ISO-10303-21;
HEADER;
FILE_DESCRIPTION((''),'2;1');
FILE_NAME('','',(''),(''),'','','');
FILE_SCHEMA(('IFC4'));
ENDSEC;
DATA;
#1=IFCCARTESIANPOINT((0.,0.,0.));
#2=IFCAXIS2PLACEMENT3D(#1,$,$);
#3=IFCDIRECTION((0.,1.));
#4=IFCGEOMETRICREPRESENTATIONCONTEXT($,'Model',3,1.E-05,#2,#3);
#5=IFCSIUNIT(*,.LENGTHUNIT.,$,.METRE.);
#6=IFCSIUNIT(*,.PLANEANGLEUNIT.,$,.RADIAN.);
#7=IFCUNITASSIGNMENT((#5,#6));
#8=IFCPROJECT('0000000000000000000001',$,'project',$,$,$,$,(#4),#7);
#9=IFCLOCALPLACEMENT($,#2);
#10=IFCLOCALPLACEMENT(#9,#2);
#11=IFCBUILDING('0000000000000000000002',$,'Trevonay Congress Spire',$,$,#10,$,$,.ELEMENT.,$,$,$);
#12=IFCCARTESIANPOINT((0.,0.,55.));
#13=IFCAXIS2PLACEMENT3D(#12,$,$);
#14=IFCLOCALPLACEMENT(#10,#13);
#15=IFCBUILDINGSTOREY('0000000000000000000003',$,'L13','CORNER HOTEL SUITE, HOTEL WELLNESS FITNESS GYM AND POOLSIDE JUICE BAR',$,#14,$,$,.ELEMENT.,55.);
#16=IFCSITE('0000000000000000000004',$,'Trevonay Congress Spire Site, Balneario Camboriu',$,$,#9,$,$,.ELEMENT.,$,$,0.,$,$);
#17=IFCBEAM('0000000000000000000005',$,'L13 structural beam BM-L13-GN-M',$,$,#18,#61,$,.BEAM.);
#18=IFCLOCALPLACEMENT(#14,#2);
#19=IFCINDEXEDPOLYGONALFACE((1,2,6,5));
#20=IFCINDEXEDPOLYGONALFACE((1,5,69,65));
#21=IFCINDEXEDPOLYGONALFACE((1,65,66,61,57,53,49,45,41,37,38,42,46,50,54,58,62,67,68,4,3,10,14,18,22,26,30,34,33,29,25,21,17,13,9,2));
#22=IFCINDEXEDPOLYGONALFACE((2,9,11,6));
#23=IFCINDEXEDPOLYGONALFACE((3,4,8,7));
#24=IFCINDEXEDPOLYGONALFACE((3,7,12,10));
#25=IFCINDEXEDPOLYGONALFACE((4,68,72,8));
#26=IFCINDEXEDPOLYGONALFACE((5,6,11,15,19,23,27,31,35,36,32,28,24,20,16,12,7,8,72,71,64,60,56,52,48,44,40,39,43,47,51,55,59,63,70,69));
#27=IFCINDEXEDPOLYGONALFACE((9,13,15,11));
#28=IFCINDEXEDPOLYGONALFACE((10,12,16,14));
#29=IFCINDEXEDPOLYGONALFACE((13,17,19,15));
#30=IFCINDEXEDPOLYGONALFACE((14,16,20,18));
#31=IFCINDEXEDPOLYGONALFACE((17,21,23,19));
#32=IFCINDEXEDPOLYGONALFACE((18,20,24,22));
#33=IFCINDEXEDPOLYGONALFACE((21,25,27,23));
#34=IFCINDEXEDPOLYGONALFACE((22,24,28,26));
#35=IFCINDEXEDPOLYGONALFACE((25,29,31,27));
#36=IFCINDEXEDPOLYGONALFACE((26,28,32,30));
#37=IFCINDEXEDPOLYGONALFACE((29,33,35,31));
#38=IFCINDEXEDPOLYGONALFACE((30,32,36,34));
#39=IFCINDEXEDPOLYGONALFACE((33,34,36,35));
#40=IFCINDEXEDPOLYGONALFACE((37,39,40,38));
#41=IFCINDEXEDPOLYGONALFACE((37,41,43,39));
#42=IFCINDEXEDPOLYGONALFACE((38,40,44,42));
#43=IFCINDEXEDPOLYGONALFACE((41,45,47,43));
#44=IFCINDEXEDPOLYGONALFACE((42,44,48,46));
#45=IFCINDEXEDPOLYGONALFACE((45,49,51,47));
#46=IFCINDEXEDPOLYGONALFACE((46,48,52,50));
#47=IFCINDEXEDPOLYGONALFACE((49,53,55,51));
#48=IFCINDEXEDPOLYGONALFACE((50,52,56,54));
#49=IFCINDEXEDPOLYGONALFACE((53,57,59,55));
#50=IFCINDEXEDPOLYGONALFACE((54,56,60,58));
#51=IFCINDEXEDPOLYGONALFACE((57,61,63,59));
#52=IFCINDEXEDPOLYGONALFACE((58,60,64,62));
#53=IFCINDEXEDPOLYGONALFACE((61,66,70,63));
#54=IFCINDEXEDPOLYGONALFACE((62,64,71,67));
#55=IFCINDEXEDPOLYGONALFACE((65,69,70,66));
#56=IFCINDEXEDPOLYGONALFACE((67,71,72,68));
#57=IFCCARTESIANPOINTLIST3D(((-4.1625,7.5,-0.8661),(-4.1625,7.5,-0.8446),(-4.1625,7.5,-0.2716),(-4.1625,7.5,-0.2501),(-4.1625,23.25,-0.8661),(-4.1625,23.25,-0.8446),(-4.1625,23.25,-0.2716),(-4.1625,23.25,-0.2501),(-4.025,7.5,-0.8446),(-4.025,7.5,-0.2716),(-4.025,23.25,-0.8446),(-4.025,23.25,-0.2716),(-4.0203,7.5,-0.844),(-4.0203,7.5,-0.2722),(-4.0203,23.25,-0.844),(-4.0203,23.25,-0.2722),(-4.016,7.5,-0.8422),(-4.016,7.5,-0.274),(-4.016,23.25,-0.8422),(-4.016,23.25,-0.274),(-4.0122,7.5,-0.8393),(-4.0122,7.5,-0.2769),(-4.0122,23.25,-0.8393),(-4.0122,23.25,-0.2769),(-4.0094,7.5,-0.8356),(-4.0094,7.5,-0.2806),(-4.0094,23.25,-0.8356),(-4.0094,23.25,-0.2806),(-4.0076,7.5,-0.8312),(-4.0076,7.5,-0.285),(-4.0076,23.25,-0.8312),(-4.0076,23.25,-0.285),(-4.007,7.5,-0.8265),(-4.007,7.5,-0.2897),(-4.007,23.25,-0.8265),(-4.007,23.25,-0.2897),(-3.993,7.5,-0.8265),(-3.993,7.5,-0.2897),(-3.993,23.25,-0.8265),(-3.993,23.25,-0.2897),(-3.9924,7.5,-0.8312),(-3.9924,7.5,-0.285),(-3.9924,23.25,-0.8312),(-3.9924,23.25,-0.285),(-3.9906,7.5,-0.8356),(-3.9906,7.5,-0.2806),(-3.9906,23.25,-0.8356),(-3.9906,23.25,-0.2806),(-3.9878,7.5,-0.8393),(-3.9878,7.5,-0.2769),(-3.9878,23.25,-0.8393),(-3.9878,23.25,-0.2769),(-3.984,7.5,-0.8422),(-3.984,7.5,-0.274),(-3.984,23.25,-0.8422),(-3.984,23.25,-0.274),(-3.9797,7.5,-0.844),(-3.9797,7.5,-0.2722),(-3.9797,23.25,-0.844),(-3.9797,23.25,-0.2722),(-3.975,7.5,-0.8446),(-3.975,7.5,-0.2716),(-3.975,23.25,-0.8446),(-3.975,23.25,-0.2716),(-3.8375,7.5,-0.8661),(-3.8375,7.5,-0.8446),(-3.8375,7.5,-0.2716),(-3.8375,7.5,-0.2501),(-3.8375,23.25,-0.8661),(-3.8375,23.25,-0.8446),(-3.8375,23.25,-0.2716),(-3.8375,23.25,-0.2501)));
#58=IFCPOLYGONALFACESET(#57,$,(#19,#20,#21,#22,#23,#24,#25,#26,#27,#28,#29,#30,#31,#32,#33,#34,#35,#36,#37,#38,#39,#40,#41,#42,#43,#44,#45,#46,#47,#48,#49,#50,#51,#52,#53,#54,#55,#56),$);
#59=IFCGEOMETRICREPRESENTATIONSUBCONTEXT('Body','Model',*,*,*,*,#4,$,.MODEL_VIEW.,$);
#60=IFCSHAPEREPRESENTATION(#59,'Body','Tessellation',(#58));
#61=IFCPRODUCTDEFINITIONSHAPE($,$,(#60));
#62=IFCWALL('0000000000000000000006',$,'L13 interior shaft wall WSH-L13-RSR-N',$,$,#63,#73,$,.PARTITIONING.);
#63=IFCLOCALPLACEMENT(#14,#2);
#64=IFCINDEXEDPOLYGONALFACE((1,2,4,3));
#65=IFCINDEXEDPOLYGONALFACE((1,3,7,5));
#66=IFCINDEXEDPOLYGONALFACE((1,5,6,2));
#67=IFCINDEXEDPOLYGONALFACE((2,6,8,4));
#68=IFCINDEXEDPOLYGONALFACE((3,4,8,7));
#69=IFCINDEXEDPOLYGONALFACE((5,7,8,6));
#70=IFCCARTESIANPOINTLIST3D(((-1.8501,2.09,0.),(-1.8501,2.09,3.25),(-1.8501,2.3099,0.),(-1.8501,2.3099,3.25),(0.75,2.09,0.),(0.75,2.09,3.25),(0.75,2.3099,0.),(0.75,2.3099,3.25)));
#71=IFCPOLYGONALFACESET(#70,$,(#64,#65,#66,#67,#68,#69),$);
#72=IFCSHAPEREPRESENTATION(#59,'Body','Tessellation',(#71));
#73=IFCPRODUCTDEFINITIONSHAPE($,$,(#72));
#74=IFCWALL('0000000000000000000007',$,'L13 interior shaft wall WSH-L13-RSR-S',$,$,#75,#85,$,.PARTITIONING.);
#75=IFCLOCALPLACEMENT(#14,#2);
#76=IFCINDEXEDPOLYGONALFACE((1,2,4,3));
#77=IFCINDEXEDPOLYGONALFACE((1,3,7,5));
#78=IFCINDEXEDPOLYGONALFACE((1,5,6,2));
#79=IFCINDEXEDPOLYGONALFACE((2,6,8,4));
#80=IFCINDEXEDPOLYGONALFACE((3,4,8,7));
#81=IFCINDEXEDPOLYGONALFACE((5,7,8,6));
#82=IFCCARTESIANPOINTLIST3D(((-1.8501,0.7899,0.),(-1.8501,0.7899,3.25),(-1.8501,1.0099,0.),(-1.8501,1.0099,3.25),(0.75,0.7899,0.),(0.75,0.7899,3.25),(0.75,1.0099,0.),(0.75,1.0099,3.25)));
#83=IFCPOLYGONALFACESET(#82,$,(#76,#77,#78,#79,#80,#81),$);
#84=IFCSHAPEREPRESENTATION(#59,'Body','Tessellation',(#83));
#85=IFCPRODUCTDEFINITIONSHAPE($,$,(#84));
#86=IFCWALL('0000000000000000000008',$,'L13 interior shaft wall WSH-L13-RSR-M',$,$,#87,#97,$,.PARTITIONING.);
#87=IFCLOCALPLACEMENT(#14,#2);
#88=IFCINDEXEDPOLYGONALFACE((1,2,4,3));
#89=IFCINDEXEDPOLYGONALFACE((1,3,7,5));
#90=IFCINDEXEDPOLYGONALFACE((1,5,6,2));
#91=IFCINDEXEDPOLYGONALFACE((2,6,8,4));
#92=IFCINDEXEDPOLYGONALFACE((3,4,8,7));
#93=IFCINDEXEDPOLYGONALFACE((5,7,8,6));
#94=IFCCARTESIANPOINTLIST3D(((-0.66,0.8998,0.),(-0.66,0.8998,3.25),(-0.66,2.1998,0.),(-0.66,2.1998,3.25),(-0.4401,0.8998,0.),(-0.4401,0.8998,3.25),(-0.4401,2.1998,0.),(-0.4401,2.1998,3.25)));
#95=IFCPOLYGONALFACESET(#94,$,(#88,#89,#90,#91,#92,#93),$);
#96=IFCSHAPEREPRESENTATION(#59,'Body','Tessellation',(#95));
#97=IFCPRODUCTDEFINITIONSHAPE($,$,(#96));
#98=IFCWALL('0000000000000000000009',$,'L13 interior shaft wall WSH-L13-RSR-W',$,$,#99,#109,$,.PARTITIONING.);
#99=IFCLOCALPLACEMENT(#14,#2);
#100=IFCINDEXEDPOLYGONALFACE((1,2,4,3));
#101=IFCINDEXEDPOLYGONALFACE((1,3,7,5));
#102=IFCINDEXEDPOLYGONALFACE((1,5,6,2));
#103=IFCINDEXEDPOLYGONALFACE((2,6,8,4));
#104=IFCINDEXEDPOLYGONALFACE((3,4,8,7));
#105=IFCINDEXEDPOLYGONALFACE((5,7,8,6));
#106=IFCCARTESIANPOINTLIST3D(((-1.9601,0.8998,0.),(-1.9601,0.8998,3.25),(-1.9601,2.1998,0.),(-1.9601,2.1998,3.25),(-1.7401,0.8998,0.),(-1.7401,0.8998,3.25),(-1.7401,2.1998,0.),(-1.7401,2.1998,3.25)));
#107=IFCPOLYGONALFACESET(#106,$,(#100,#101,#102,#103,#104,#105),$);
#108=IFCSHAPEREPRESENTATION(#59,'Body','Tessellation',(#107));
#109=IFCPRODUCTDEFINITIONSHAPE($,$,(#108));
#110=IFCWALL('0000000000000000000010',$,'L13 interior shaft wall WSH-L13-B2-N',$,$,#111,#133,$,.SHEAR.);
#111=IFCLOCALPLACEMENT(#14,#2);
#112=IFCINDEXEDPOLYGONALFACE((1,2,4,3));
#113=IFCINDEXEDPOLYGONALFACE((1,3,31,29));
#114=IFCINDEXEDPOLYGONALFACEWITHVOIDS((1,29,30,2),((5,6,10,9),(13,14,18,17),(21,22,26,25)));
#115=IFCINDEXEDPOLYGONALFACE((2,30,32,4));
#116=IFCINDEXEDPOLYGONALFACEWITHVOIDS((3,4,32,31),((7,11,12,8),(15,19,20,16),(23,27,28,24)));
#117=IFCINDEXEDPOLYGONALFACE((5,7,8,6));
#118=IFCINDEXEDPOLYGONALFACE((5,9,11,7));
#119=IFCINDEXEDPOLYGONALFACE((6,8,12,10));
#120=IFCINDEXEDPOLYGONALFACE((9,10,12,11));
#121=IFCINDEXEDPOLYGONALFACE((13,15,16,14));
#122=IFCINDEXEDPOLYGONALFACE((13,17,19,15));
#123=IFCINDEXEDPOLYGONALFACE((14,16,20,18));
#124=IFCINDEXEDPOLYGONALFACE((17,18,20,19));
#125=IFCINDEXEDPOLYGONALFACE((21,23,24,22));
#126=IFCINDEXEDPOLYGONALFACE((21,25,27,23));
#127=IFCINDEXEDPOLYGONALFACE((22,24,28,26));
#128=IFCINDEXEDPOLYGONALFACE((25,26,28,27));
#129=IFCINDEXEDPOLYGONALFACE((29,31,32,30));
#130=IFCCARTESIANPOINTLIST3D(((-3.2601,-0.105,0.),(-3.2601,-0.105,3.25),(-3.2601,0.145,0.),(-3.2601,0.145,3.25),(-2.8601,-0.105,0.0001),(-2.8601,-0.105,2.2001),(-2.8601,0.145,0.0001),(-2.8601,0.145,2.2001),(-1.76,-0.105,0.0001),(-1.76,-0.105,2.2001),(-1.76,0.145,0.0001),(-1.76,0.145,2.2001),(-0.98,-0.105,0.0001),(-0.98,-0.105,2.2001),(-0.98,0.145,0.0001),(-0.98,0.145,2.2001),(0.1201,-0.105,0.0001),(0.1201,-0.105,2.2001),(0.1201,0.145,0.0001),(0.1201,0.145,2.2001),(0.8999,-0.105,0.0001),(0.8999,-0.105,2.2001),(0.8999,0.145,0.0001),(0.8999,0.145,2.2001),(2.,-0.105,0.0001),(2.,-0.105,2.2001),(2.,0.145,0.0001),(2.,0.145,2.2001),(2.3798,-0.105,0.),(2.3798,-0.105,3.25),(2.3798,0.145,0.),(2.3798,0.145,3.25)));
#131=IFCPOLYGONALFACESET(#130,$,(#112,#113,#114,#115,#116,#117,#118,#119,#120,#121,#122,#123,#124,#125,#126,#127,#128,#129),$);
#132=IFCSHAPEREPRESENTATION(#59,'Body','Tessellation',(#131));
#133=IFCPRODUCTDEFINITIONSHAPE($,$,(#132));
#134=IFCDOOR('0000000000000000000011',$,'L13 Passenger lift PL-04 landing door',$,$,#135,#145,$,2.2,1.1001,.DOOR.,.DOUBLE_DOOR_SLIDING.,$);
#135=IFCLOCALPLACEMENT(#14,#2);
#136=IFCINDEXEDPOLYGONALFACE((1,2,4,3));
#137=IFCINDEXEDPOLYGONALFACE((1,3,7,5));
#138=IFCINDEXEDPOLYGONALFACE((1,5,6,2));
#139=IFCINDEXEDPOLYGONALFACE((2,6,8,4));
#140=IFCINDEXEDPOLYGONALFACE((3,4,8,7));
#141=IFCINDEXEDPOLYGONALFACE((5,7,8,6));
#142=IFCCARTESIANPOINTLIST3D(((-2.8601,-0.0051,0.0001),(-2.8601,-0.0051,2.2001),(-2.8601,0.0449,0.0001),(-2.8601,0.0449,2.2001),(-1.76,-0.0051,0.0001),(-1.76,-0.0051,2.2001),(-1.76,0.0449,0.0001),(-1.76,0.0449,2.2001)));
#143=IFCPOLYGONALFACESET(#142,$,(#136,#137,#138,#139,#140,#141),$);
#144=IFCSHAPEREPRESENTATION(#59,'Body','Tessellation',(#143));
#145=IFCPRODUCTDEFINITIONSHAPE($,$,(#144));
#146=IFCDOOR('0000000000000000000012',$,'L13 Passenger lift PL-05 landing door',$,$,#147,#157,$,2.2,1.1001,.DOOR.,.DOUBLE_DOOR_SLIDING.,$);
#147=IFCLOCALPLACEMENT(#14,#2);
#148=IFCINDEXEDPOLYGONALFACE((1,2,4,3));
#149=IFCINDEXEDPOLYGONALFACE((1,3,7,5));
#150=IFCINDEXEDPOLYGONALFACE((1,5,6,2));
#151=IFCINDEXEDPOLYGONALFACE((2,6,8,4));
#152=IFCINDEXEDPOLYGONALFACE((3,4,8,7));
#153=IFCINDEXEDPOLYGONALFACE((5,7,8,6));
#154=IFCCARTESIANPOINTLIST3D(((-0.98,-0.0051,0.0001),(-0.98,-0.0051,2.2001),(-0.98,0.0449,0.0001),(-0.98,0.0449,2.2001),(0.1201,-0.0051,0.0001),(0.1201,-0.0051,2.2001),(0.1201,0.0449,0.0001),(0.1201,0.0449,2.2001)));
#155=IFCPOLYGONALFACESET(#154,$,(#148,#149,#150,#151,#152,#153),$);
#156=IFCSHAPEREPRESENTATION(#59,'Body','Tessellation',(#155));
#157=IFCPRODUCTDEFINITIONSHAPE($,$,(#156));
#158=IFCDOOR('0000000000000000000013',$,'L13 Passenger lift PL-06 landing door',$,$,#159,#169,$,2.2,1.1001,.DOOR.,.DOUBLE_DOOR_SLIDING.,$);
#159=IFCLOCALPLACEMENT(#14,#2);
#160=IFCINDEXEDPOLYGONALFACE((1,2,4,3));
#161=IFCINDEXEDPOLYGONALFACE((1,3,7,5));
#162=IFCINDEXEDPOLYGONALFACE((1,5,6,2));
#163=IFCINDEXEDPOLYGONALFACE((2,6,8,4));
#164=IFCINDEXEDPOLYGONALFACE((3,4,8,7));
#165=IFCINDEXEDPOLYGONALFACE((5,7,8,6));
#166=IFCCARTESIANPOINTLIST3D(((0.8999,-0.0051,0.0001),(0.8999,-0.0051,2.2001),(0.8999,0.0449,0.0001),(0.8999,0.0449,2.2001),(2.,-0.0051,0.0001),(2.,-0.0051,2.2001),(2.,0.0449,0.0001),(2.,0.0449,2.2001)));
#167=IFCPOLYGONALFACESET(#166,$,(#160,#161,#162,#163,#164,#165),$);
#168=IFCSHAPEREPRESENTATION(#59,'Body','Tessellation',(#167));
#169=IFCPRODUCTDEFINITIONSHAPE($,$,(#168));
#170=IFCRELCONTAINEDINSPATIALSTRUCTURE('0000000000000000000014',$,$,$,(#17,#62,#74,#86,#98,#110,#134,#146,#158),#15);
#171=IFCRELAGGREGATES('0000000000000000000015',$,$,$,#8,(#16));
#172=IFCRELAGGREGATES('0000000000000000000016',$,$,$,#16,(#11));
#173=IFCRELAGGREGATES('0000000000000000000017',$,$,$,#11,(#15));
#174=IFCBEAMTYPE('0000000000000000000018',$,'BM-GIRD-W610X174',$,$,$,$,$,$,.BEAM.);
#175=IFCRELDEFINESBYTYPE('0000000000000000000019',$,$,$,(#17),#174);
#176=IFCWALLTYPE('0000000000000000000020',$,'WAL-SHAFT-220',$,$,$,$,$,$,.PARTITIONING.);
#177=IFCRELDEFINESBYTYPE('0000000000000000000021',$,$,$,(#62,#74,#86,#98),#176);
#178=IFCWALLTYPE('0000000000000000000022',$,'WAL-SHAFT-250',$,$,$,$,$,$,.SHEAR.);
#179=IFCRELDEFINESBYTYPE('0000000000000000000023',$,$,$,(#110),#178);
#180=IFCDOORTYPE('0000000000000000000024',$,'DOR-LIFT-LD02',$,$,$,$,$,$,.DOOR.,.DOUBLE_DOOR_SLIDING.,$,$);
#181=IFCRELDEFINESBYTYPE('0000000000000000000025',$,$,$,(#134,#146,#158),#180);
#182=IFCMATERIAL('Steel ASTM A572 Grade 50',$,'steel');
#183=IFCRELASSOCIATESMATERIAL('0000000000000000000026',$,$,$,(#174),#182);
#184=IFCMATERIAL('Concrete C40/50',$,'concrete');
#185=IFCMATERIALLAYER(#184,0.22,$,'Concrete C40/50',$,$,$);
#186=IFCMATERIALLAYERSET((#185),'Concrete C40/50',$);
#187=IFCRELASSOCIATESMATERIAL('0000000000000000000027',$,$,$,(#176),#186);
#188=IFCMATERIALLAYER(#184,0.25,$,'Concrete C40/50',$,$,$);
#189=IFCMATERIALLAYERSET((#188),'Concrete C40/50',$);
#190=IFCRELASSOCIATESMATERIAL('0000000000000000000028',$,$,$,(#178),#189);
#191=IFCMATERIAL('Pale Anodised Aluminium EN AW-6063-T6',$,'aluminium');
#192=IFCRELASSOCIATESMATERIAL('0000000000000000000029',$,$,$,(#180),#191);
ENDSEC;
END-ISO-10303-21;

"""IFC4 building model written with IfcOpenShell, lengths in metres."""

from ifc_helpers import new_model, si_unit, direction, frame, frame_2d, origin, origin_2d, place, context, subcontext, project, spatial, rectangle, i_section, extrude, material, layer, layer_set, material_profile, profile_set, type_object, element, fill, save


model = new_model("IFC4")

# Units and contexts
model_context = context("Model", 3, precision=1e-05, world=origin(), true_north=direction((0.0, 1.0)))
body_context = subcontext(model_context, "Body", "Model", "MODEL_VIEW")
ifc_project = project(units=[si_unit("LENGTHUNIT", "METRE"), si_unit("PLANEANGLEUNIT", "RADIAN")], contexts=[model_context])

# Site, building, storey
site_placement = place(None, origin())
site = spatial("IfcSite", under=ifc_project, at=site_placement, Name="Trevonay Congress Spire Site, Balneario Camboriu", CompositionType="ELEMENT", RefElevation=0.0)
building_placement = place(site_placement, origin())
building = spatial("IfcBuilding", under=site, at=building_placement, Name="Trevonay Congress Spire", CompositionType="ELEMENT")
storey_placement = place(building_placement, frame((0.0, 0.0, 55.0)))
storey = spatial("IfcBuildingStorey", under=building, at=storey_placement, Name="L13", Description="CORNER HOTEL SUITE, HOTEL WELLNESS FITNESS GYM AND POOLSIDE JUICE BAR", CompositionType="ELEMENT", Elevation=55.0)

# Beam
ifc_material_1 = material(Name="Steel ASTM A572 Grade 50", Category="steel")
ifc_material_profile = material_profile(ifc_material_1, i_section(OverallWidth=0.325, OverallDepth=0.616, WebThickness=0.0139, FlangeThickness=0.0215, FilletRadius=0.0181, at=origin_2d()), Name="W610x174")
ifc_profile_set = profile_set([ifc_material_profile], Name="Steel ASTM A572 Grade 50")
beam_type = type_object("IfcBeamType", Name="BM-GIRD-W610X174", PredefinedType="BEAM", material=ifc_profile_set)
beam_placement = place(storey_placement, frame((-4.0, 7.5, -0.5581), z_axis=(0.0, 1.0, 0.0), x_axis=(-1.0, 0.0, 0.0)))
element("IfcBeam", 1, at=beam_placement, inside=storey, type_object=beam_type, Name="L13 structural beam BM-L13-GN-M", PredefinedType="BEAM", context=body_context, shape_type="SweptSolid", body=[
    extrude(i_section(OverallWidth=0.325, OverallDepth=0.616, WebThickness=0.0139, FlangeThickness=0.0215, FilletRadius=0.0181, at=origin_2d()), origin(), (0.0, 0.0, 1.0), 15.75),
])

# Walls
ifc_material_2 = material(Name="Concrete C40/50", Category="concrete")
ifc_layer_1 = layer(ifc_material_2, 0.22, Name="Concrete C40/50")
ifc_layer_set_1 = layer_set([ifc_layer_1], Name="Concrete C40/50")
wall_type_1 = type_object("IfcWallType", Name="WAL-SHAFT-220", PredefinedType="PARTITIONING", material=ifc_layer_set_1)
for number, where, z_axis, x_axis, name in (
    (2, (-1.8501, 2.2, 0.0), (0.0, 0.0, 1.0), (1.0, 0.0, 0.0), "L13 interior shaft wall WSH-L13-RSR-N"),
    (3, (-1.8501, 0.8999, 0.0), (0.0, 0.0, 1.0), (1.0, 0.0, 0.0), "L13 interior shaft wall WSH-L13-RSR-S"),
):
    element("IfcWall", number, at=place(storey_placement, frame(where, z_axis=z_axis, x_axis=x_axis)), inside=storey, type_object=wall_type_1, Name=name, PredefinedType="PARTITIONING", context=body_context, shape_type="SweptSolid", body=[
        extrude(rectangle(XDim=2.6001, YDim=0.22, at=frame_2d((1.3, 0.0))), origin(), (0.0, 0.0, 1.0), 3.25),
    ])
for number, where, z_axis, x_axis, name in (
    (4, (-0.55, 0.8999, 0.0), (0.0, 0.0, 1.0), (0.0, 1.0, 0.0), "L13 interior shaft wall WSH-L13-RSR-M"),
    (5, (-1.8501, 0.8999, 0.0), (0.0, 0.0, 1.0), (0.0, 1.0, 0.0), "L13 interior shaft wall WSH-L13-RSR-W"),
):
    element("IfcWall", number, at=place(storey_placement, frame(where, z_axis=z_axis, x_axis=x_axis)), inside=storey, type_object=wall_type_1, Name=name, PredefinedType="PARTITIONING", context=body_context, shape_type="SweptSolid", body=[
        extrude(rectangle(XDim=1.3, YDim=0.22, at=frame_2d((0.6499, 0.0))), origin(), (0.0, 0.0, 1.0), 3.25),
    ])

# Wall, openings, doors
ifc_layer_2 = layer(ifc_material_2, 0.25, Name="Concrete C40/50")
ifc_layer_set_2 = layer_set([ifc_layer_2], Name="Concrete C40/50")
wall_type_2 = type_object("IfcWallType", Name="WAL-SHAFT-250", PredefinedType="SHEAR", material=ifc_layer_set_2)
wall_1_placement = place(storey_placement, frame((-3.26, 0.02, 0.0), z_axis=(0.0, 0.0, 1.0), x_axis=(1.0, 0.0, 0.0)))
wall_1 = element("IfcWall", 6, at=wall_1_placement, inside=storey, type_object=wall_type_2, Name="L13 interior shaft wall WSH-L13-B2-N", PredefinedType="SHEAR", context=body_context, shape_type="SweptSolid", body=[
    extrude(rectangle(XDim=5.6399, YDim=0.25, at=frame_2d((2.8198, 0.0))), origin(), (0.0, 0.0, 1.0), 3.25),
])
opening_1_placement = place(wall_1_placement, frame((0.3999, 0.0, 0.0)))
opening_1 = element("IfcOpeningElement", 7, at=opening_1_placement, cuts=wall_1, PredefinedType="OPENING", context=body_context, shape_type="SweptSolid", body=[
    extrude(rectangle(XDim=1.1001, YDim=2.2, at=frame_2d((0.55, 1.1001))), frame((0.0, 0.135, 0.0), z_axis=(0.0, -1.0, 0.0), x_axis=(1.0, 0.0, 0.0)), (0.0, 0.0, 1.0), 0.27),
])
opening_2_placement = place(wall_1_placement, frame((2.28, 0.0, 0.0)))
opening_2 = element("IfcOpeningElement", 8, at=opening_2_placement, cuts=wall_1, PredefinedType="OPENING", context=body_context, shape_type="SweptSolid", body=[
    extrude(rectangle(XDim=1.1001, YDim=2.2, at=frame_2d((0.55, 1.1001))), frame((0.0, 0.135, 0.0), z_axis=(0.0, -1.0, 0.0), x_axis=(1.0, 0.0, 0.0)), (0.0, 0.0, 1.0), 0.27),
])
opening_3_placement = place(wall_1_placement, frame((4.1599, 0.0, 0.0)))
opening_3 = element("IfcOpeningElement", 9, at=opening_3_placement, cuts=wall_1, PredefinedType="OPENING", context=body_context, shape_type="SweptSolid", body=[
    extrude(rectangle(XDim=1.1001, YDim=2.2, at=frame_2d((0.55, 1.1001))), frame((0.0, 0.135, 0.0), z_axis=(0.0, -1.0, 0.0), x_axis=(1.0, 0.0, 0.0)), (0.0, 0.0, 1.0), 0.27),
])
ifc_material_3 = material(Name="Pale Anodised Aluminium EN AW-6063-T6", Category="aluminium")
door_type_1 = type_object("IfcDoorType", Name="DOR-LIFT-LD02", OperationType="DOUBLE_DOOR_SLIDING", PredefinedType="DOOR", material=ifc_material_3)
door_1_placement = place(opening_1_placement, origin())
door_1 = element("IfcDoor", 10, at=door_1_placement, inside=storey, type_object=door_type_1, Name="L13 Passenger lift PL-04 landing door", OperationType="DOUBLE_DOOR_SLIDING", OverallHeight=2.2, OverallWidth=1.1001, PredefinedType="DOOR", context=body_context, shape_type="SweptSolid", body=[
    extrude(rectangle(XDim=1.1001, YDim=2.2, at=frame_2d((0.55, 1.1001))), frame((0.0, 0.0249, 0.0), z_axis=(0.0, -1.0, 0.0), x_axis=(1.0, 0.0, 0.0)), (0.0, 0.0, 1.0), 0.05),
])
fill(opening_1, door_1)
door_2_placement = place(opening_2_placement, origin())
door_2 = element("IfcDoor", 11, at=door_2_placement, inside=storey, type_object=door_type_1, Name="L13 Passenger lift PL-05 landing door", OperationType="DOUBLE_DOOR_SLIDING", OverallHeight=2.2, OverallWidth=1.1001, PredefinedType="DOOR", context=body_context, shape_type="SweptSolid", body=[
    extrude(rectangle(XDim=1.1001, YDim=2.2, at=frame_2d((0.55, 1.1001))), frame((0.0, 0.0249, 0.0), z_axis=(0.0, -1.0, 0.0), x_axis=(1.0, 0.0, 0.0)), (0.0, 0.0, 1.0), 0.05),
])
fill(opening_2, door_2)
door_3_placement = place(opening_3_placement, origin())
door_3 = element("IfcDoor", 12, at=door_3_placement, inside=storey, type_object=door_type_1, Name="L13 Passenger lift PL-06 landing door", OperationType="DOUBLE_DOOR_SLIDING", OverallHeight=2.2, OverallWidth=1.1001, PredefinedType="DOOR", context=body_context, shape_type="SweptSolid", body=[
    extrude(rectangle(XDim=1.1001, YDim=2.2, at=frame_2d((0.55, 1.1001))), frame((0.0, 0.0249, 0.0), z_axis=(0.0, -1.0, 0.0), x_axis=(1.0, 0.0, 0.0)), (0.0, 0.0, 1.0), 0.05),
])
fill(opening_3, door_3)

save(model, "model.ifc")
